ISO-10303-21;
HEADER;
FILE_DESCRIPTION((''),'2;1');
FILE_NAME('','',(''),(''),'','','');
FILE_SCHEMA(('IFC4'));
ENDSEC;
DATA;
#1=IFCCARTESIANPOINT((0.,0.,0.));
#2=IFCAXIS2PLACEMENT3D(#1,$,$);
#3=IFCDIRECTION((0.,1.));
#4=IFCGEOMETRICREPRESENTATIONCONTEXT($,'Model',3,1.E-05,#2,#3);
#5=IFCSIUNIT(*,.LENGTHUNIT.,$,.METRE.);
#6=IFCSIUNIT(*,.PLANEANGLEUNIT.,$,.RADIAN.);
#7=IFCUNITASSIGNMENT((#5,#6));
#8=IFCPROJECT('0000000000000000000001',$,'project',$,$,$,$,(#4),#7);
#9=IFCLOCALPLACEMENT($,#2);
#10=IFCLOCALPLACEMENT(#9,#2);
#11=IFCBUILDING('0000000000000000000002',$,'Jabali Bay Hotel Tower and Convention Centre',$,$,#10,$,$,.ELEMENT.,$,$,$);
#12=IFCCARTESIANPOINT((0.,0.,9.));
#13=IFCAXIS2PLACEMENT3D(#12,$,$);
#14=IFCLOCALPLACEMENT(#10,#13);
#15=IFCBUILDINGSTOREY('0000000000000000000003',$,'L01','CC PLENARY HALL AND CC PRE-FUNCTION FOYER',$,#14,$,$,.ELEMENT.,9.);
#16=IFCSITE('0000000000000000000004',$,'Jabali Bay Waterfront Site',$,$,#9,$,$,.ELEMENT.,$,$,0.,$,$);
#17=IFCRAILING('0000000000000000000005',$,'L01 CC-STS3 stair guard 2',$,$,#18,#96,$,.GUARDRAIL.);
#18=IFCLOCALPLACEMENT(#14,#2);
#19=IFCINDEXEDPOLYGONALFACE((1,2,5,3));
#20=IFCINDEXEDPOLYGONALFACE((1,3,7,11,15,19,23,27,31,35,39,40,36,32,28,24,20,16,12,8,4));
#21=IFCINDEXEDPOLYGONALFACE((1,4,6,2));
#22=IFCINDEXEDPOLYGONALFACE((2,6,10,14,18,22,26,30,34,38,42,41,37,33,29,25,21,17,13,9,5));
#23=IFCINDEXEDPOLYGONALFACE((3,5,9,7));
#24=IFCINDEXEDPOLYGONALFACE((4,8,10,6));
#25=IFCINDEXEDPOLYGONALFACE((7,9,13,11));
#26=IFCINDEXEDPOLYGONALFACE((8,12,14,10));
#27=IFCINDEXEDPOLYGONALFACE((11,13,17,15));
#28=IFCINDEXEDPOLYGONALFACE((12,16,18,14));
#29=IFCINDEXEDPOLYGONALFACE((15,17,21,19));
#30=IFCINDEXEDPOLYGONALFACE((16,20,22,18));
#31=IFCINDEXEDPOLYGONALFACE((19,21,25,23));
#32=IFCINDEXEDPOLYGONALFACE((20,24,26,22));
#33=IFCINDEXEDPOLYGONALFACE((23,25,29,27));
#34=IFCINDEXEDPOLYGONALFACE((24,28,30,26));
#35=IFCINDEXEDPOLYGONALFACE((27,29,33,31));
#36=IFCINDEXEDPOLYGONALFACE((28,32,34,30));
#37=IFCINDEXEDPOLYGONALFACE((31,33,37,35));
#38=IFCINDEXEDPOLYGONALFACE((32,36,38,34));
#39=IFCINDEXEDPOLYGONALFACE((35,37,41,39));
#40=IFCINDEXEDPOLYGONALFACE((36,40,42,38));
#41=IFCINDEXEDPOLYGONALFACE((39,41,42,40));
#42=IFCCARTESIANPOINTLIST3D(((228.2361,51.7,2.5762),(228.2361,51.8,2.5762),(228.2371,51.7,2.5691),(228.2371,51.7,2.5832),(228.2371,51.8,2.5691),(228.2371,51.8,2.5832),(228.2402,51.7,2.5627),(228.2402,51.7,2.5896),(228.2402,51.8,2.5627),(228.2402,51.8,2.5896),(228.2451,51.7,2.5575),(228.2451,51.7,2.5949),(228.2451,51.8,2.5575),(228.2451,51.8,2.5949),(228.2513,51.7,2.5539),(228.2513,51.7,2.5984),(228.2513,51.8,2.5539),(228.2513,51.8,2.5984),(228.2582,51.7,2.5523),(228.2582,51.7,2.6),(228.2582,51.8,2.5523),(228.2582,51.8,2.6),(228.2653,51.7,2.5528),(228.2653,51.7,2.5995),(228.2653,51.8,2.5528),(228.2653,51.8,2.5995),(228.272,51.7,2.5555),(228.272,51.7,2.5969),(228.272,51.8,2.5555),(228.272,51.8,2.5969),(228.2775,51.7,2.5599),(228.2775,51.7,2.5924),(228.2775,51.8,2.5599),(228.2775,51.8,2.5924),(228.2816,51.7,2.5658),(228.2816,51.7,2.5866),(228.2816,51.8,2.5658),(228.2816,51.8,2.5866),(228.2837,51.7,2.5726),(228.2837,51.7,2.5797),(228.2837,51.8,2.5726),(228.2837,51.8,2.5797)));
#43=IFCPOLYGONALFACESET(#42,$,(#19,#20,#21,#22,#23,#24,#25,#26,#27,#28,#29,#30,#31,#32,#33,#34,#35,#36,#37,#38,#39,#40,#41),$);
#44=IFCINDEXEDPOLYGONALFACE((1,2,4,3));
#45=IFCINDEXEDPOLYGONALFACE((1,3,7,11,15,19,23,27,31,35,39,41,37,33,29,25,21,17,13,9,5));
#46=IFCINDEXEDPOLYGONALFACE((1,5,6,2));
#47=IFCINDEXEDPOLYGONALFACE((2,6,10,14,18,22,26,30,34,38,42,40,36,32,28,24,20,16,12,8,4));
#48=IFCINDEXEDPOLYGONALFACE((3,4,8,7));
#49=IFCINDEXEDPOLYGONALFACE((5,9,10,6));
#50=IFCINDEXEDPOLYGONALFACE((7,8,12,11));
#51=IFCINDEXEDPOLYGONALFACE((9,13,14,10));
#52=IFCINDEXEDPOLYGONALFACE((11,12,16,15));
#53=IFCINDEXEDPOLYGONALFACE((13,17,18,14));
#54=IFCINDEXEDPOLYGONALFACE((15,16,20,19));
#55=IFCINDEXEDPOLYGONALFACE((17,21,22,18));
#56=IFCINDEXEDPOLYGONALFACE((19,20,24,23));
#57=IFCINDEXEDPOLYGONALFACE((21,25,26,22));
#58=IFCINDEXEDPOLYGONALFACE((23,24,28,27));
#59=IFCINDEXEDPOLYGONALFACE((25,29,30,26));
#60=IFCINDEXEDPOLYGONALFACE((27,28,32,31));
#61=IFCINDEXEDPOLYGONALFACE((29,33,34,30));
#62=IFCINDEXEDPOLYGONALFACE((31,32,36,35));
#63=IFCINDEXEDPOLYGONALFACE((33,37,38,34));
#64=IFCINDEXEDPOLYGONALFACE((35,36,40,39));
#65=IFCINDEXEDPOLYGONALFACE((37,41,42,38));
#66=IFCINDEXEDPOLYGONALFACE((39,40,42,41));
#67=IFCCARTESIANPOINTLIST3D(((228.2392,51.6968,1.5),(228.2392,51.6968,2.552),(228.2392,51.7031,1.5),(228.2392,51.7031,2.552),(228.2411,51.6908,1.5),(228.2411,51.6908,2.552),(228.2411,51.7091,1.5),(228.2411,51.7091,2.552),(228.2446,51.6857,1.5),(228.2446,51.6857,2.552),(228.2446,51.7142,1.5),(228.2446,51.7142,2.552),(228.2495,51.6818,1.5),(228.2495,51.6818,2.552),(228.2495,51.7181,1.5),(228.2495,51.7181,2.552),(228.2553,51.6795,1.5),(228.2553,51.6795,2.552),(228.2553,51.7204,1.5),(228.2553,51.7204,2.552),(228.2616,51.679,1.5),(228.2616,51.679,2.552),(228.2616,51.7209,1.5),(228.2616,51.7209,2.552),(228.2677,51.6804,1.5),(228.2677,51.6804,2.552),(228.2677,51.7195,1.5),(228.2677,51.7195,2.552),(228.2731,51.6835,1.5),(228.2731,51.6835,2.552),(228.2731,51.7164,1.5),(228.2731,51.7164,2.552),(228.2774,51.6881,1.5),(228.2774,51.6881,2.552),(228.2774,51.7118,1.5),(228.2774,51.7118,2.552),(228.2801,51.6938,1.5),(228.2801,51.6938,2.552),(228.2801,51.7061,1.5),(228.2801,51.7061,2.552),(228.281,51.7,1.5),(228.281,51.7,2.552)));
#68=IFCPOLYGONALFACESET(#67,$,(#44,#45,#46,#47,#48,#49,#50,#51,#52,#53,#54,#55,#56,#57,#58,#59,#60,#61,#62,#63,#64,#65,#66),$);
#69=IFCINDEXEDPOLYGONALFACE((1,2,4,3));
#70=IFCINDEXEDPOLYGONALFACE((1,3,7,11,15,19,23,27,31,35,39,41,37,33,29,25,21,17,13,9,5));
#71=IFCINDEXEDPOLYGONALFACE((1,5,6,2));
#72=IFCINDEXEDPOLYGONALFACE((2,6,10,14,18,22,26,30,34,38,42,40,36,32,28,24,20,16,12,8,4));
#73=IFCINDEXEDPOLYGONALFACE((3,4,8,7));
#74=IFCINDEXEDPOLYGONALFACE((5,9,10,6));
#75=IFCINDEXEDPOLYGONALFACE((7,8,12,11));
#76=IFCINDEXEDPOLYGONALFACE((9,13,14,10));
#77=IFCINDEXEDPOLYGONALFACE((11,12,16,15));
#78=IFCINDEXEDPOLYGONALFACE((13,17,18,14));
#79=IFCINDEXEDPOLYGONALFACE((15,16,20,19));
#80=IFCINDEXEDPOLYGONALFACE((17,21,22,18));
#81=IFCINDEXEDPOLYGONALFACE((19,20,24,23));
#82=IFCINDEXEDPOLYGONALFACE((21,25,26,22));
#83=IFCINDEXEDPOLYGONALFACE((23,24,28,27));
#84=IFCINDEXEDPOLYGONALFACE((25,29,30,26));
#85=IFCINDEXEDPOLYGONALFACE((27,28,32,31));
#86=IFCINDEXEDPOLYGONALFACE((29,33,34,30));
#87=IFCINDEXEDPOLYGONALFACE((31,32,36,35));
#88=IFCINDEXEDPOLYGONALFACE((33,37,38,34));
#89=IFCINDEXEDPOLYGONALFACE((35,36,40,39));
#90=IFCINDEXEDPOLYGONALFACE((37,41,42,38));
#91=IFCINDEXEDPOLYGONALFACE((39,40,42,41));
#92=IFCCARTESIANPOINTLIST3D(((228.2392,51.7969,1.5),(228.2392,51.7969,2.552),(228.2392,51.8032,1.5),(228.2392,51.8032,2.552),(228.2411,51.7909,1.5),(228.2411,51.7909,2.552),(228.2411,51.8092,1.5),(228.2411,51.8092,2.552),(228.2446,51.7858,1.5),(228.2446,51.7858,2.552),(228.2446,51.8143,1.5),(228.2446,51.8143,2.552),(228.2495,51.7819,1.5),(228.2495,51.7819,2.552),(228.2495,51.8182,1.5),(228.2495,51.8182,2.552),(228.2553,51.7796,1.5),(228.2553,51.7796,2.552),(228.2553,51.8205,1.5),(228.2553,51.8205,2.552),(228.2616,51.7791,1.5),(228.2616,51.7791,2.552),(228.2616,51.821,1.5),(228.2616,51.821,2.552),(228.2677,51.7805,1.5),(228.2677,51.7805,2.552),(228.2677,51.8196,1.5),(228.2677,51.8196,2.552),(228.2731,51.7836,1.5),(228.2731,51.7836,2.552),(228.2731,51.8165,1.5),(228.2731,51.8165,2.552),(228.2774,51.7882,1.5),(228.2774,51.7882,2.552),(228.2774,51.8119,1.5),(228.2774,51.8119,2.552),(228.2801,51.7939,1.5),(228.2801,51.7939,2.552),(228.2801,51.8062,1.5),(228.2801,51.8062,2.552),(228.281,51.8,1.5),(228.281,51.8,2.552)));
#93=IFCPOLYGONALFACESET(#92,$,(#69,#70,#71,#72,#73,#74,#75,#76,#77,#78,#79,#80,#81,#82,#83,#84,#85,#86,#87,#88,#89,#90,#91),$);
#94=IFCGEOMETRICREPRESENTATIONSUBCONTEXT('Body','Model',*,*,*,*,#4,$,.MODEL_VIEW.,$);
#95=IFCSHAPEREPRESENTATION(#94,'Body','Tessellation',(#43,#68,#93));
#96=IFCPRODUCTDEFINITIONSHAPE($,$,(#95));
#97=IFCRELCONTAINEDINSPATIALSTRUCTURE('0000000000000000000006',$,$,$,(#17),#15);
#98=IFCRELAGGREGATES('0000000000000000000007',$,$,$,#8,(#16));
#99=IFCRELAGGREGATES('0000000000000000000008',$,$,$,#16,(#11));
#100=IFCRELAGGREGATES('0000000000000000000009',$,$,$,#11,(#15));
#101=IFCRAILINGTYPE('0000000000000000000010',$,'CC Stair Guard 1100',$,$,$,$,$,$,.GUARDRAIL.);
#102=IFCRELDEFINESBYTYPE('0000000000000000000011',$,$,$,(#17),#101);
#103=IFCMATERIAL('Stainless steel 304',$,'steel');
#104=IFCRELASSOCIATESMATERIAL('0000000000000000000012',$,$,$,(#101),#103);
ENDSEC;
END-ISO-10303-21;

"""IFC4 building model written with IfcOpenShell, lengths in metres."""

from ifc_helpers import new_model, si_unit, direction, frame, origin, origin_2d, place, context, subcontext, project, spatial, circle, extrude, material, type_object, element, save


model = new_model("IFC4")

# Units and contexts
model_context = context("Model", 3, precision=1e-05, world=origin(), true_north=direction((0.0, 1.0)))
body_context = subcontext(model_context, "Body", "Model", "MODEL_VIEW")
ifc_project = project(units=[si_unit("LENGTHUNIT", "METRE"), si_unit("PLANEANGLEUNIT", "RADIAN")], contexts=[model_context])

# Site, building, storey
site_placement = place(None, origin())
site = spatial("IfcSite", under=ifc_project, at=site_placement, Name="Jabali Bay Waterfront Site", CompositionType="ELEMENT", RefElevation=0.0)
building_placement = place(site_placement, origin())
building = spatial("IfcBuilding", under=site, at=building_placement, Name="Jabali Bay Hotel Tower and Convention Centre", CompositionType="ELEMENT")
storey_placement = place(building_placement, frame((0.0, 0.0, 9.0)))
storey = spatial("IfcBuildingStorey", under=building, at=storey_placement, Name="L01", Description="CC PLENARY HALL AND CC PRE-FUNCTION FOYER", CompositionType="ELEMENT", Elevation=9.0)

# Railing
ifc_material_1 = material(Name="Stainless steel 304", Category="steel")
railing_type_1 = type_object("IfcRailingType", Name="CC Stair Guard 1100", PredefinedType="GUARDRAIL", material=ifc_material_1)
railing_1_placement = place(storey_placement, frame((228.26, 51.7, 1.5)))
element("IfcRailing", 1, at=railing_1_placement, inside=storey, type_object=railing_type_1, Name="L01 CC-STS3 stair guard 2", PredefinedType="GUARDRAIL", context=body_context, shape_type="SweptSolid", body=[
    extrude(circle(Radius=0.0239, at=origin_2d()), frame((0.0, 0.0, 1.0762), z_axis=(0.0, 1.0, 0.0), x_axis=(-1.0, 0.0, 0.0)), (0.0, 0.0, 1.0), 0.1001),
    extrude(circle(Radius=0.021, at=origin_2d()), origin(), (0.0, 0.0, 1.0), 1.052),
    extrude(circle(Radius=0.021, at=origin_2d()), frame((0.0, 0.1001, 0.0)), (0.0, 0.0, 1.0), 1.052),
])

save(model, "model.ifc")
